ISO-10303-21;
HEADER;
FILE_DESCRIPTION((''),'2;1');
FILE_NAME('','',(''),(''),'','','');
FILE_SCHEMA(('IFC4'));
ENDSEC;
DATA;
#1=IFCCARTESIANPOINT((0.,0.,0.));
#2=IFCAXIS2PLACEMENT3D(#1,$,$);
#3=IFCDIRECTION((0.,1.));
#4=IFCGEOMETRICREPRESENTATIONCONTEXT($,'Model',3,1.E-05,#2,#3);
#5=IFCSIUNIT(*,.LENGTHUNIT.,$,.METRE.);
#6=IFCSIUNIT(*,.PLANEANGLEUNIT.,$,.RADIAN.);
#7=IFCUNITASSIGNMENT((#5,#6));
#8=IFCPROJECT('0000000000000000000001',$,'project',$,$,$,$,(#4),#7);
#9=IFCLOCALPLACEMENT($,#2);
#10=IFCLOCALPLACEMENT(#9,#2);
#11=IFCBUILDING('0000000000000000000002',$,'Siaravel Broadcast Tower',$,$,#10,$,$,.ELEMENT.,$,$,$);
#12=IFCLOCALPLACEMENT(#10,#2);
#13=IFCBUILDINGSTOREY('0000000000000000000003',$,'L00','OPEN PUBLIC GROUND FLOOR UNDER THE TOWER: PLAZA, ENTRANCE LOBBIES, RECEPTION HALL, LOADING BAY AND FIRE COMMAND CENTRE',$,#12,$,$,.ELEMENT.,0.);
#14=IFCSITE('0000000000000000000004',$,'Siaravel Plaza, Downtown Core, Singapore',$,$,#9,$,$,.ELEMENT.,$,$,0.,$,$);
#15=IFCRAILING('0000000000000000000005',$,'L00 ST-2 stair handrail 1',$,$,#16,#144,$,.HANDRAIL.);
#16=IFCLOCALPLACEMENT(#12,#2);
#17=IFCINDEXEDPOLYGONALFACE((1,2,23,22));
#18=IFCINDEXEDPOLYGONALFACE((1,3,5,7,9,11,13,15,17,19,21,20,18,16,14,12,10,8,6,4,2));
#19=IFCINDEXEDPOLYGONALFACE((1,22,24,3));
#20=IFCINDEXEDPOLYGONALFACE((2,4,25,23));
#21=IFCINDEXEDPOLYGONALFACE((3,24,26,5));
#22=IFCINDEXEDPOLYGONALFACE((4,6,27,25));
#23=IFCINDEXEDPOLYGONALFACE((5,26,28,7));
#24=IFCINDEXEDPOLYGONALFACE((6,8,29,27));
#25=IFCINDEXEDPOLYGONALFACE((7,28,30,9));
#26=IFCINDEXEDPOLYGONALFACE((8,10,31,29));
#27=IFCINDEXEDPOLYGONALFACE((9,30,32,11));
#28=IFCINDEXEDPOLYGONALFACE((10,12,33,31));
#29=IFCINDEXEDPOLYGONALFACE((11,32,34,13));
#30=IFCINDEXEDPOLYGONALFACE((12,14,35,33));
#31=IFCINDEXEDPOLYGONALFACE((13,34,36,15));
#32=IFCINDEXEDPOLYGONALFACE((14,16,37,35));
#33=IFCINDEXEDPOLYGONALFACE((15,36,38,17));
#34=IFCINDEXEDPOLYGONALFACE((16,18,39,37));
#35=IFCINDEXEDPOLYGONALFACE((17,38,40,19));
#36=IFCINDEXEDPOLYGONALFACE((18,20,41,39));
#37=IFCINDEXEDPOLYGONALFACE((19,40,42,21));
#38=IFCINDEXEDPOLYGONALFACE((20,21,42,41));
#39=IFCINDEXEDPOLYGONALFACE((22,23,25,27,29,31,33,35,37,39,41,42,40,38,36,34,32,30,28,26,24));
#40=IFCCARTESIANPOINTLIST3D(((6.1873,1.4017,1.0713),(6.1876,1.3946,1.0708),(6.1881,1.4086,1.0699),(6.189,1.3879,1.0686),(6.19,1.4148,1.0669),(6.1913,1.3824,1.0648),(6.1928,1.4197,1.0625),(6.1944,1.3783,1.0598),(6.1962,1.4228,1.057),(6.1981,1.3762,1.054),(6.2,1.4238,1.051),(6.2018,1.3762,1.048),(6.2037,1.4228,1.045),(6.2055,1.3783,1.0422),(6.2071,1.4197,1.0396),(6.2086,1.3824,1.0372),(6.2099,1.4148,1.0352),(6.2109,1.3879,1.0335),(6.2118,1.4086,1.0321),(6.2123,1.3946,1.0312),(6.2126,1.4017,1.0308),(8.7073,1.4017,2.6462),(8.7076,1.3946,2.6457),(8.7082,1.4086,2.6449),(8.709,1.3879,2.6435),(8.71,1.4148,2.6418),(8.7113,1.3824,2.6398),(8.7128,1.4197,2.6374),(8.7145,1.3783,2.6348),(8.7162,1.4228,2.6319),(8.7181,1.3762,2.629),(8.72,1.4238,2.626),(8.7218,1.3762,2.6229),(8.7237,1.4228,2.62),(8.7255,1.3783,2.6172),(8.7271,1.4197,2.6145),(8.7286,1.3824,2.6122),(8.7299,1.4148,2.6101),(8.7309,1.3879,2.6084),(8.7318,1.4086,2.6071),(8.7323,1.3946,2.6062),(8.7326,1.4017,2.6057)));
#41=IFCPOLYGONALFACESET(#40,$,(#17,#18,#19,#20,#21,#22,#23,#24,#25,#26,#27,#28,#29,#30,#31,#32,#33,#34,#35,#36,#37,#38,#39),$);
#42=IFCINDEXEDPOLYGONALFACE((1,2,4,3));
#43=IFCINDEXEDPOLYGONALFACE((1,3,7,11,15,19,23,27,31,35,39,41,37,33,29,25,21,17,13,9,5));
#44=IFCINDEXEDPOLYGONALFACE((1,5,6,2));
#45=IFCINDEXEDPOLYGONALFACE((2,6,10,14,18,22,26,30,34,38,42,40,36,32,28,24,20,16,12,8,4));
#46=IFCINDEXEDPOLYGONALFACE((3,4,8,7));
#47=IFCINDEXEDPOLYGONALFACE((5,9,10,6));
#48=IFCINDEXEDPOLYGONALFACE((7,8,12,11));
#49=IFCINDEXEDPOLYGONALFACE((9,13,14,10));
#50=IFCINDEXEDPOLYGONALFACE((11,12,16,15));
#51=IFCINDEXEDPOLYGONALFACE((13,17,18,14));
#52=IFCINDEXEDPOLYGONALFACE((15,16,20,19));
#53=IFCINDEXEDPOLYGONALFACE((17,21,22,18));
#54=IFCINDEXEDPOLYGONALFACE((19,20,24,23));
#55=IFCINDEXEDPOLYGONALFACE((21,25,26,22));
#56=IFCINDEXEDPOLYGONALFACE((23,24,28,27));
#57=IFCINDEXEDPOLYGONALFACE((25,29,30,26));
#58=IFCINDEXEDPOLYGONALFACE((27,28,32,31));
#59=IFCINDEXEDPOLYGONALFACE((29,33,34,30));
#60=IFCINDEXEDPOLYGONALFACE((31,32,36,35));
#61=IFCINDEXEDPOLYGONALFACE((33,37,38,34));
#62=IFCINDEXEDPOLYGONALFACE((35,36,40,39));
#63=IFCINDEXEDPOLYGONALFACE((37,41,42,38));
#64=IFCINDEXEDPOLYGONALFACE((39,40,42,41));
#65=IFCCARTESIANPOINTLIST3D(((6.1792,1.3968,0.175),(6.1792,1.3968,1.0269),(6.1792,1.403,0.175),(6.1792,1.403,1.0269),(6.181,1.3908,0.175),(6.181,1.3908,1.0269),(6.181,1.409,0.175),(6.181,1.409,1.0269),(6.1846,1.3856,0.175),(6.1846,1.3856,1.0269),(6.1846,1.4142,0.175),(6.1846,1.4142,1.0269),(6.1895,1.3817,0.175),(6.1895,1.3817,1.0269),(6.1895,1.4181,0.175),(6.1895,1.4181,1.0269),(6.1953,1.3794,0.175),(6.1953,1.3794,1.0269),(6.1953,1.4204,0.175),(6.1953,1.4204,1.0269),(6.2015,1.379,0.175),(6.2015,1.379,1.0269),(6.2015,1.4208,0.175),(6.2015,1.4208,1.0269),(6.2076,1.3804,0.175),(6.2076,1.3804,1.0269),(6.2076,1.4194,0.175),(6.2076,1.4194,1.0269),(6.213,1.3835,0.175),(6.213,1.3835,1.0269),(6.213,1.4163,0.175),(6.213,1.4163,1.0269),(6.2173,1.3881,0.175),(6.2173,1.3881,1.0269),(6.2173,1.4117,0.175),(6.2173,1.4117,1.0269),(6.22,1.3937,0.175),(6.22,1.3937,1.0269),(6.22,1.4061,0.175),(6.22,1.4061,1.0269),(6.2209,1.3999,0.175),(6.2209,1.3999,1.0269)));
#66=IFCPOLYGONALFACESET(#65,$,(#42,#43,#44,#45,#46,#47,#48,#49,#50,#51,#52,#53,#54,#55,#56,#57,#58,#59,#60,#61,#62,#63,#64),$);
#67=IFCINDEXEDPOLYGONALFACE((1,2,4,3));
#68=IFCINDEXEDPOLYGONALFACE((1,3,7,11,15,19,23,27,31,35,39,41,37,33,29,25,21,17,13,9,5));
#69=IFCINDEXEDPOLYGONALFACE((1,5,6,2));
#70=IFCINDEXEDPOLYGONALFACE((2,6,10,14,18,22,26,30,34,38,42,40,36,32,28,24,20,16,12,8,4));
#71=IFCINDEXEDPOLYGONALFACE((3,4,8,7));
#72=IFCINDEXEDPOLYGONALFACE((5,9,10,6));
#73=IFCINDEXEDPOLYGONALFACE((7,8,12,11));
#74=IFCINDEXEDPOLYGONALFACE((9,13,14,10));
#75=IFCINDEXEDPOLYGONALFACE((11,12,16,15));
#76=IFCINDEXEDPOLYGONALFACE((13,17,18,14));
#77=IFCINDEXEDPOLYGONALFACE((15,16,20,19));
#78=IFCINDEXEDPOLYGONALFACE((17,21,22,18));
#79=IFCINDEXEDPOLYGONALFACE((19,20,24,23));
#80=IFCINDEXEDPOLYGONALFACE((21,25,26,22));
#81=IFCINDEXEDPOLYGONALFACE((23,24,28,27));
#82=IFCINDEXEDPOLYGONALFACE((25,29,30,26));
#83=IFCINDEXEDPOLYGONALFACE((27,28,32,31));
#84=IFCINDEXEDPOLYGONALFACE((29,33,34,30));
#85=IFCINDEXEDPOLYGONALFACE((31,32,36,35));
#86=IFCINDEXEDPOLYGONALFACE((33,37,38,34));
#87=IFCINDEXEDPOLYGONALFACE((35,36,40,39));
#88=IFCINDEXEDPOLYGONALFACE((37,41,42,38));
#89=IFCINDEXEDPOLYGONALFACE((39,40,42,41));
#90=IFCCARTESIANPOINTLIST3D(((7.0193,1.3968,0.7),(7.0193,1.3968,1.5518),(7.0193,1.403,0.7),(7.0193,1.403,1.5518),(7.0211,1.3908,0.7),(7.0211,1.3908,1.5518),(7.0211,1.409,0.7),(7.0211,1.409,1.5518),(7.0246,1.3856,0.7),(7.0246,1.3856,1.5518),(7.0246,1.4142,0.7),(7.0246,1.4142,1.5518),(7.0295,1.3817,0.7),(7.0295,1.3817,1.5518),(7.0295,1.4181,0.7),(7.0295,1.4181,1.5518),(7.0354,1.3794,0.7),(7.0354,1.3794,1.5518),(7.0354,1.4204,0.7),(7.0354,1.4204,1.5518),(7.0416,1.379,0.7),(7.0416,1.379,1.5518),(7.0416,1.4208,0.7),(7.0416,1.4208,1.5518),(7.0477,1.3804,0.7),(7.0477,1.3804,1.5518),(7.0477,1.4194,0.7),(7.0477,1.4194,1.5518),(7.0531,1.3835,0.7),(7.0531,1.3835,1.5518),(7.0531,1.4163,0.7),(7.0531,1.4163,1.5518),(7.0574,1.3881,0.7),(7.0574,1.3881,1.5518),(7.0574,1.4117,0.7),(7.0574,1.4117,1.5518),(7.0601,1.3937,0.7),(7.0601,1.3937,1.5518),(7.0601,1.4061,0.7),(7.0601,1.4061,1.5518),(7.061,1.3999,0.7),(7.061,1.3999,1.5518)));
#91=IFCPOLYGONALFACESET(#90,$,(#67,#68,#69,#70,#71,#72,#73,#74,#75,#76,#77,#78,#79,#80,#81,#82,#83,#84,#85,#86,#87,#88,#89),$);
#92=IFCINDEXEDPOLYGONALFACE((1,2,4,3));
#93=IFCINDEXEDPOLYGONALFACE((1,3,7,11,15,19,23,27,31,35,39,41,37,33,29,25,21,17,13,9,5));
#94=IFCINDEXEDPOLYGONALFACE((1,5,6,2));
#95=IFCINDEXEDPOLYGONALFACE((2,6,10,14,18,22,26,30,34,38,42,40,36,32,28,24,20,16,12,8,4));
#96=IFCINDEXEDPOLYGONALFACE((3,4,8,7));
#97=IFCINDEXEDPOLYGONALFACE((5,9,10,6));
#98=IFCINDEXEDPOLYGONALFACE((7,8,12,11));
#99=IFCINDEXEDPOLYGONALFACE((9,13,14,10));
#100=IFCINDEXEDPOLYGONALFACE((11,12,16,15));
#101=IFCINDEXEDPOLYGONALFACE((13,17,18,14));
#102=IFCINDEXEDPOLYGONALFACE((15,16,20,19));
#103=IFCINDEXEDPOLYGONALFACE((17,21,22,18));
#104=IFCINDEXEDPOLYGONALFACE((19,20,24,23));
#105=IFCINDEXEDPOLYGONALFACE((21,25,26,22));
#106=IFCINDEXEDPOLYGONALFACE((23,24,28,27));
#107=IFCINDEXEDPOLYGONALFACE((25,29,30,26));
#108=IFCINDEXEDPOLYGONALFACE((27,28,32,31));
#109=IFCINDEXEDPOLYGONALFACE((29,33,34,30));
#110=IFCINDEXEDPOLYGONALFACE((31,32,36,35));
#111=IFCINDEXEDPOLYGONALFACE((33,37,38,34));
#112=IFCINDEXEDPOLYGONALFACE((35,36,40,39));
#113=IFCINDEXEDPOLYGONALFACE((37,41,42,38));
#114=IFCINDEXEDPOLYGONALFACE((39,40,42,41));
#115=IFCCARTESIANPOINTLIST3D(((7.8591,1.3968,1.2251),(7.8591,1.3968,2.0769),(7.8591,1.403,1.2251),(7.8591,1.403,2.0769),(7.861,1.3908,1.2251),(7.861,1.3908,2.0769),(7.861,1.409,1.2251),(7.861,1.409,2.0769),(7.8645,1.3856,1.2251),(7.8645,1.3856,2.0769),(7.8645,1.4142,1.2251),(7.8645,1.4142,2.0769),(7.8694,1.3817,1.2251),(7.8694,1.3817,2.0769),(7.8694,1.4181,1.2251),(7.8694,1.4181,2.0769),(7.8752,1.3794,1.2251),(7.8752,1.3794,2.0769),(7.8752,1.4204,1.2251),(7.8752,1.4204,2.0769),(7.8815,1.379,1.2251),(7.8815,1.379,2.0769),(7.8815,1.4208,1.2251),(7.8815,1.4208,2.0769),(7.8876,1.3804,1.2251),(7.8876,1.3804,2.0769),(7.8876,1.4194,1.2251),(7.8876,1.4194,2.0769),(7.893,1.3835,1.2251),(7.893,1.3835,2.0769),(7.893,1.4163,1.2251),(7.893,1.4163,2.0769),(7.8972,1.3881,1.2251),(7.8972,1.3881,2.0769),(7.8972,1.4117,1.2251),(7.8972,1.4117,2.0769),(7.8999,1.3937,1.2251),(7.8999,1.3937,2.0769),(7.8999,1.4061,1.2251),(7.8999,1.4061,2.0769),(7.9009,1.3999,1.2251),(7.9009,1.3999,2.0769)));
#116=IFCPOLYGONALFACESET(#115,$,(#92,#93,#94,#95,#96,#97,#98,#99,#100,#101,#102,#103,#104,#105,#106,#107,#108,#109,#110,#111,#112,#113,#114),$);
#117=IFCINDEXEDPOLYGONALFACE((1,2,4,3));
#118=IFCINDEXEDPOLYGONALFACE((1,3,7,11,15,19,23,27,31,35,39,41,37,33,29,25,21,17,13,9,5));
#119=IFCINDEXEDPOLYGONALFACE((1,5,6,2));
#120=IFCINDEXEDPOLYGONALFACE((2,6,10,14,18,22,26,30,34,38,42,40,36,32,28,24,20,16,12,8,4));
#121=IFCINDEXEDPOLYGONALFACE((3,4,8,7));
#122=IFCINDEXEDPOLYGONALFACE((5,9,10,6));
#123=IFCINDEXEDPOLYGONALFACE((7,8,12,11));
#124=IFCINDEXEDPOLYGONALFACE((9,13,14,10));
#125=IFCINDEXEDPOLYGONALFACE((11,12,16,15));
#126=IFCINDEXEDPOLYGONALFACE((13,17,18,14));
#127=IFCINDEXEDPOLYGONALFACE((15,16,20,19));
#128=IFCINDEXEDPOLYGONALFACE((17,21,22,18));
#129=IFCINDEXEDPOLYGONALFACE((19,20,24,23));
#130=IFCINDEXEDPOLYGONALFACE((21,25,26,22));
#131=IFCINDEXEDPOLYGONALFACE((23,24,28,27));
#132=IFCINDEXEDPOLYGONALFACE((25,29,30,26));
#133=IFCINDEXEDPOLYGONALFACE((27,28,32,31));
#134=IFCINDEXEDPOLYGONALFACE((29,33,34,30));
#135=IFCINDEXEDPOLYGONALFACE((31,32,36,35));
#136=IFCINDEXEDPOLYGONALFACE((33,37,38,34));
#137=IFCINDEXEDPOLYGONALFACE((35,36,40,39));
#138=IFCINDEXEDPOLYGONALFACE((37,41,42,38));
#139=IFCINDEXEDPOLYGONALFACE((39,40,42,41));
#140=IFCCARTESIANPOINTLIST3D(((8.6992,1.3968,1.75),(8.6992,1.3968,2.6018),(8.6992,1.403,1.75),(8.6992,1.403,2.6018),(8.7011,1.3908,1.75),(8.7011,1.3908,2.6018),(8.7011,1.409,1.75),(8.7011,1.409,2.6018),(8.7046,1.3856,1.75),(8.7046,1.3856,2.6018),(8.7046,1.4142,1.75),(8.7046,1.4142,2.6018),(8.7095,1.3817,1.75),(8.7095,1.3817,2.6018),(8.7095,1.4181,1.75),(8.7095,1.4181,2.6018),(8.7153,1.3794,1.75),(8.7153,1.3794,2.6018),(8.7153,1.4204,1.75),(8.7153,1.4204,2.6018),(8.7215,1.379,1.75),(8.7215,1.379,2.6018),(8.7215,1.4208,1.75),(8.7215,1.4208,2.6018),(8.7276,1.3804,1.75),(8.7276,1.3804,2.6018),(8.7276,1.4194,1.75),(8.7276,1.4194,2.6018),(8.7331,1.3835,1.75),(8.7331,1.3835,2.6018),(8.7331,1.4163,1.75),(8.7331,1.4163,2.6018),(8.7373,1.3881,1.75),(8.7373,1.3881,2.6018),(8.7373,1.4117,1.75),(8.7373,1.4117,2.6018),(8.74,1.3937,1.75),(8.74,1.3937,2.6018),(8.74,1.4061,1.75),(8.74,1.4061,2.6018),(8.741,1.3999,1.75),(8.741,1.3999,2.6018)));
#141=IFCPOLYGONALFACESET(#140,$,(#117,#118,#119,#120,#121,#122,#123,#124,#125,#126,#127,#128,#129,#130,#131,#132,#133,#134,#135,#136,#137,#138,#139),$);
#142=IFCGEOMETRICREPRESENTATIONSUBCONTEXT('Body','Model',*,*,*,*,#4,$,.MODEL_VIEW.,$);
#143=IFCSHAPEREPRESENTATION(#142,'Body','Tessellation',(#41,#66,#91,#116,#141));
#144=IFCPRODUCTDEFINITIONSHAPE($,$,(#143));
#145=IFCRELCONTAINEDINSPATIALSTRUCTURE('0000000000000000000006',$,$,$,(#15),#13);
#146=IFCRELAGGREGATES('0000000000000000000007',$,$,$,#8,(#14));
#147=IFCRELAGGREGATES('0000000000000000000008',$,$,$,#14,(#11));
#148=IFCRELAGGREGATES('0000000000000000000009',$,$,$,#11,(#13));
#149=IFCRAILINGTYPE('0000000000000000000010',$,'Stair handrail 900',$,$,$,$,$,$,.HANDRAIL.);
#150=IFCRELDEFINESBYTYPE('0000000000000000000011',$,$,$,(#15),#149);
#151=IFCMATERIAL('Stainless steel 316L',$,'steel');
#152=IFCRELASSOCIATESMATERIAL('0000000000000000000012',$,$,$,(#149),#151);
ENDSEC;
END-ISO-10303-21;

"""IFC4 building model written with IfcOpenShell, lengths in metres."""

from ifc_helpers import new_model, si_unit, direction, frame, origin, origin_2d, place, context, subcontext, project, spatial, circle, extrude, material, type_object, element, save


model = new_model("IFC4")

# Units and contexts
model_context = context("Model", 3, precision=1e-05, world=origin(), true_north=direction((0.0, 1.0)))
body_context = subcontext(model_context, "Body", "Model", "MODEL_VIEW")
ifc_project = project(units=[si_unit("LENGTHUNIT", "METRE"), si_unit("PLANEANGLEUNIT", "RADIAN")], contexts=[model_context])

# Site, building, storey
site_placement = place(None, origin())
site = spatial("IfcSite", under=ifc_project, at=site_placement, Name="Siaravel Plaza, Downtown Core, Singapore", CompositionType="ELEMENT", RefElevation=0.0)
building_placement = place(site_placement, origin())
building = spatial("IfcBuilding", under=site, at=building_placement, Name="Siaravel Broadcast Tower", CompositionType="ELEMENT")
storey_placement = place(building_placement, origin())
storey = spatial("IfcBuildingStorey", under=building, at=storey_placement, Name="L00", Description="OPEN PUBLIC GROUND FLOOR UNDER THE TOWER: PLAZA, ENTRANCE LOBBIES, RECEPTION HALL, LOADING BAY AND FIRE COMMAND CENTRE", CompositionType="ELEMENT", Elevation=0.0)

# Railing
ifc_material_1 = material(Name="Stainless steel 316L", Category="steel")
railing_type = type_object("IfcRailingType", Name="Stair handrail 900", PredefinedType="HANDRAIL", material=ifc_material_1)
for number, where, name in (
    (1, (6.2, 1.3999, 0.175), "L00 ST-2 stair handrail 1"),
):
    element("IfcRailing", number, at=place(storey_placement, frame(where)), inside=storey, type_object=railing_type, Name=name, PredefinedType="HANDRAIL", context=body_context, shape_type="SweptSolid", body=[
        extrude(circle(Radius=0.0239, at=origin_2d()), frame((0.0, 0.0, 0.876), z_axis=(0.848008, 0.0, 0.529984), x_axis=(0.0, 1.0, 0.0)), (0.0, 0.0, 1.0), 2.9717),
        extrude(circle(Radius=0.021, at=origin_2d()), origin(), (0.0, 0.0, 1.0), 0.8518),
        extrude(circle(Radius=0.021, at=origin_2d()), frame((0.8401, 0.0, 0.5249)), (0.0, 0.0, 1.0), 0.8518),
        extrude(circle(Radius=0.021, at=origin_2d()), frame((1.6799, 0.0, 1.05)), (0.0, 0.0, 1.0), 0.8518),
        extrude(circle(Radius=0.021, at=origin_2d()), frame((2.52, 0.0, 1.575)), (0.0, 0.0, 1.0), 0.8518),
    ])

save(model, "model.ifc")
